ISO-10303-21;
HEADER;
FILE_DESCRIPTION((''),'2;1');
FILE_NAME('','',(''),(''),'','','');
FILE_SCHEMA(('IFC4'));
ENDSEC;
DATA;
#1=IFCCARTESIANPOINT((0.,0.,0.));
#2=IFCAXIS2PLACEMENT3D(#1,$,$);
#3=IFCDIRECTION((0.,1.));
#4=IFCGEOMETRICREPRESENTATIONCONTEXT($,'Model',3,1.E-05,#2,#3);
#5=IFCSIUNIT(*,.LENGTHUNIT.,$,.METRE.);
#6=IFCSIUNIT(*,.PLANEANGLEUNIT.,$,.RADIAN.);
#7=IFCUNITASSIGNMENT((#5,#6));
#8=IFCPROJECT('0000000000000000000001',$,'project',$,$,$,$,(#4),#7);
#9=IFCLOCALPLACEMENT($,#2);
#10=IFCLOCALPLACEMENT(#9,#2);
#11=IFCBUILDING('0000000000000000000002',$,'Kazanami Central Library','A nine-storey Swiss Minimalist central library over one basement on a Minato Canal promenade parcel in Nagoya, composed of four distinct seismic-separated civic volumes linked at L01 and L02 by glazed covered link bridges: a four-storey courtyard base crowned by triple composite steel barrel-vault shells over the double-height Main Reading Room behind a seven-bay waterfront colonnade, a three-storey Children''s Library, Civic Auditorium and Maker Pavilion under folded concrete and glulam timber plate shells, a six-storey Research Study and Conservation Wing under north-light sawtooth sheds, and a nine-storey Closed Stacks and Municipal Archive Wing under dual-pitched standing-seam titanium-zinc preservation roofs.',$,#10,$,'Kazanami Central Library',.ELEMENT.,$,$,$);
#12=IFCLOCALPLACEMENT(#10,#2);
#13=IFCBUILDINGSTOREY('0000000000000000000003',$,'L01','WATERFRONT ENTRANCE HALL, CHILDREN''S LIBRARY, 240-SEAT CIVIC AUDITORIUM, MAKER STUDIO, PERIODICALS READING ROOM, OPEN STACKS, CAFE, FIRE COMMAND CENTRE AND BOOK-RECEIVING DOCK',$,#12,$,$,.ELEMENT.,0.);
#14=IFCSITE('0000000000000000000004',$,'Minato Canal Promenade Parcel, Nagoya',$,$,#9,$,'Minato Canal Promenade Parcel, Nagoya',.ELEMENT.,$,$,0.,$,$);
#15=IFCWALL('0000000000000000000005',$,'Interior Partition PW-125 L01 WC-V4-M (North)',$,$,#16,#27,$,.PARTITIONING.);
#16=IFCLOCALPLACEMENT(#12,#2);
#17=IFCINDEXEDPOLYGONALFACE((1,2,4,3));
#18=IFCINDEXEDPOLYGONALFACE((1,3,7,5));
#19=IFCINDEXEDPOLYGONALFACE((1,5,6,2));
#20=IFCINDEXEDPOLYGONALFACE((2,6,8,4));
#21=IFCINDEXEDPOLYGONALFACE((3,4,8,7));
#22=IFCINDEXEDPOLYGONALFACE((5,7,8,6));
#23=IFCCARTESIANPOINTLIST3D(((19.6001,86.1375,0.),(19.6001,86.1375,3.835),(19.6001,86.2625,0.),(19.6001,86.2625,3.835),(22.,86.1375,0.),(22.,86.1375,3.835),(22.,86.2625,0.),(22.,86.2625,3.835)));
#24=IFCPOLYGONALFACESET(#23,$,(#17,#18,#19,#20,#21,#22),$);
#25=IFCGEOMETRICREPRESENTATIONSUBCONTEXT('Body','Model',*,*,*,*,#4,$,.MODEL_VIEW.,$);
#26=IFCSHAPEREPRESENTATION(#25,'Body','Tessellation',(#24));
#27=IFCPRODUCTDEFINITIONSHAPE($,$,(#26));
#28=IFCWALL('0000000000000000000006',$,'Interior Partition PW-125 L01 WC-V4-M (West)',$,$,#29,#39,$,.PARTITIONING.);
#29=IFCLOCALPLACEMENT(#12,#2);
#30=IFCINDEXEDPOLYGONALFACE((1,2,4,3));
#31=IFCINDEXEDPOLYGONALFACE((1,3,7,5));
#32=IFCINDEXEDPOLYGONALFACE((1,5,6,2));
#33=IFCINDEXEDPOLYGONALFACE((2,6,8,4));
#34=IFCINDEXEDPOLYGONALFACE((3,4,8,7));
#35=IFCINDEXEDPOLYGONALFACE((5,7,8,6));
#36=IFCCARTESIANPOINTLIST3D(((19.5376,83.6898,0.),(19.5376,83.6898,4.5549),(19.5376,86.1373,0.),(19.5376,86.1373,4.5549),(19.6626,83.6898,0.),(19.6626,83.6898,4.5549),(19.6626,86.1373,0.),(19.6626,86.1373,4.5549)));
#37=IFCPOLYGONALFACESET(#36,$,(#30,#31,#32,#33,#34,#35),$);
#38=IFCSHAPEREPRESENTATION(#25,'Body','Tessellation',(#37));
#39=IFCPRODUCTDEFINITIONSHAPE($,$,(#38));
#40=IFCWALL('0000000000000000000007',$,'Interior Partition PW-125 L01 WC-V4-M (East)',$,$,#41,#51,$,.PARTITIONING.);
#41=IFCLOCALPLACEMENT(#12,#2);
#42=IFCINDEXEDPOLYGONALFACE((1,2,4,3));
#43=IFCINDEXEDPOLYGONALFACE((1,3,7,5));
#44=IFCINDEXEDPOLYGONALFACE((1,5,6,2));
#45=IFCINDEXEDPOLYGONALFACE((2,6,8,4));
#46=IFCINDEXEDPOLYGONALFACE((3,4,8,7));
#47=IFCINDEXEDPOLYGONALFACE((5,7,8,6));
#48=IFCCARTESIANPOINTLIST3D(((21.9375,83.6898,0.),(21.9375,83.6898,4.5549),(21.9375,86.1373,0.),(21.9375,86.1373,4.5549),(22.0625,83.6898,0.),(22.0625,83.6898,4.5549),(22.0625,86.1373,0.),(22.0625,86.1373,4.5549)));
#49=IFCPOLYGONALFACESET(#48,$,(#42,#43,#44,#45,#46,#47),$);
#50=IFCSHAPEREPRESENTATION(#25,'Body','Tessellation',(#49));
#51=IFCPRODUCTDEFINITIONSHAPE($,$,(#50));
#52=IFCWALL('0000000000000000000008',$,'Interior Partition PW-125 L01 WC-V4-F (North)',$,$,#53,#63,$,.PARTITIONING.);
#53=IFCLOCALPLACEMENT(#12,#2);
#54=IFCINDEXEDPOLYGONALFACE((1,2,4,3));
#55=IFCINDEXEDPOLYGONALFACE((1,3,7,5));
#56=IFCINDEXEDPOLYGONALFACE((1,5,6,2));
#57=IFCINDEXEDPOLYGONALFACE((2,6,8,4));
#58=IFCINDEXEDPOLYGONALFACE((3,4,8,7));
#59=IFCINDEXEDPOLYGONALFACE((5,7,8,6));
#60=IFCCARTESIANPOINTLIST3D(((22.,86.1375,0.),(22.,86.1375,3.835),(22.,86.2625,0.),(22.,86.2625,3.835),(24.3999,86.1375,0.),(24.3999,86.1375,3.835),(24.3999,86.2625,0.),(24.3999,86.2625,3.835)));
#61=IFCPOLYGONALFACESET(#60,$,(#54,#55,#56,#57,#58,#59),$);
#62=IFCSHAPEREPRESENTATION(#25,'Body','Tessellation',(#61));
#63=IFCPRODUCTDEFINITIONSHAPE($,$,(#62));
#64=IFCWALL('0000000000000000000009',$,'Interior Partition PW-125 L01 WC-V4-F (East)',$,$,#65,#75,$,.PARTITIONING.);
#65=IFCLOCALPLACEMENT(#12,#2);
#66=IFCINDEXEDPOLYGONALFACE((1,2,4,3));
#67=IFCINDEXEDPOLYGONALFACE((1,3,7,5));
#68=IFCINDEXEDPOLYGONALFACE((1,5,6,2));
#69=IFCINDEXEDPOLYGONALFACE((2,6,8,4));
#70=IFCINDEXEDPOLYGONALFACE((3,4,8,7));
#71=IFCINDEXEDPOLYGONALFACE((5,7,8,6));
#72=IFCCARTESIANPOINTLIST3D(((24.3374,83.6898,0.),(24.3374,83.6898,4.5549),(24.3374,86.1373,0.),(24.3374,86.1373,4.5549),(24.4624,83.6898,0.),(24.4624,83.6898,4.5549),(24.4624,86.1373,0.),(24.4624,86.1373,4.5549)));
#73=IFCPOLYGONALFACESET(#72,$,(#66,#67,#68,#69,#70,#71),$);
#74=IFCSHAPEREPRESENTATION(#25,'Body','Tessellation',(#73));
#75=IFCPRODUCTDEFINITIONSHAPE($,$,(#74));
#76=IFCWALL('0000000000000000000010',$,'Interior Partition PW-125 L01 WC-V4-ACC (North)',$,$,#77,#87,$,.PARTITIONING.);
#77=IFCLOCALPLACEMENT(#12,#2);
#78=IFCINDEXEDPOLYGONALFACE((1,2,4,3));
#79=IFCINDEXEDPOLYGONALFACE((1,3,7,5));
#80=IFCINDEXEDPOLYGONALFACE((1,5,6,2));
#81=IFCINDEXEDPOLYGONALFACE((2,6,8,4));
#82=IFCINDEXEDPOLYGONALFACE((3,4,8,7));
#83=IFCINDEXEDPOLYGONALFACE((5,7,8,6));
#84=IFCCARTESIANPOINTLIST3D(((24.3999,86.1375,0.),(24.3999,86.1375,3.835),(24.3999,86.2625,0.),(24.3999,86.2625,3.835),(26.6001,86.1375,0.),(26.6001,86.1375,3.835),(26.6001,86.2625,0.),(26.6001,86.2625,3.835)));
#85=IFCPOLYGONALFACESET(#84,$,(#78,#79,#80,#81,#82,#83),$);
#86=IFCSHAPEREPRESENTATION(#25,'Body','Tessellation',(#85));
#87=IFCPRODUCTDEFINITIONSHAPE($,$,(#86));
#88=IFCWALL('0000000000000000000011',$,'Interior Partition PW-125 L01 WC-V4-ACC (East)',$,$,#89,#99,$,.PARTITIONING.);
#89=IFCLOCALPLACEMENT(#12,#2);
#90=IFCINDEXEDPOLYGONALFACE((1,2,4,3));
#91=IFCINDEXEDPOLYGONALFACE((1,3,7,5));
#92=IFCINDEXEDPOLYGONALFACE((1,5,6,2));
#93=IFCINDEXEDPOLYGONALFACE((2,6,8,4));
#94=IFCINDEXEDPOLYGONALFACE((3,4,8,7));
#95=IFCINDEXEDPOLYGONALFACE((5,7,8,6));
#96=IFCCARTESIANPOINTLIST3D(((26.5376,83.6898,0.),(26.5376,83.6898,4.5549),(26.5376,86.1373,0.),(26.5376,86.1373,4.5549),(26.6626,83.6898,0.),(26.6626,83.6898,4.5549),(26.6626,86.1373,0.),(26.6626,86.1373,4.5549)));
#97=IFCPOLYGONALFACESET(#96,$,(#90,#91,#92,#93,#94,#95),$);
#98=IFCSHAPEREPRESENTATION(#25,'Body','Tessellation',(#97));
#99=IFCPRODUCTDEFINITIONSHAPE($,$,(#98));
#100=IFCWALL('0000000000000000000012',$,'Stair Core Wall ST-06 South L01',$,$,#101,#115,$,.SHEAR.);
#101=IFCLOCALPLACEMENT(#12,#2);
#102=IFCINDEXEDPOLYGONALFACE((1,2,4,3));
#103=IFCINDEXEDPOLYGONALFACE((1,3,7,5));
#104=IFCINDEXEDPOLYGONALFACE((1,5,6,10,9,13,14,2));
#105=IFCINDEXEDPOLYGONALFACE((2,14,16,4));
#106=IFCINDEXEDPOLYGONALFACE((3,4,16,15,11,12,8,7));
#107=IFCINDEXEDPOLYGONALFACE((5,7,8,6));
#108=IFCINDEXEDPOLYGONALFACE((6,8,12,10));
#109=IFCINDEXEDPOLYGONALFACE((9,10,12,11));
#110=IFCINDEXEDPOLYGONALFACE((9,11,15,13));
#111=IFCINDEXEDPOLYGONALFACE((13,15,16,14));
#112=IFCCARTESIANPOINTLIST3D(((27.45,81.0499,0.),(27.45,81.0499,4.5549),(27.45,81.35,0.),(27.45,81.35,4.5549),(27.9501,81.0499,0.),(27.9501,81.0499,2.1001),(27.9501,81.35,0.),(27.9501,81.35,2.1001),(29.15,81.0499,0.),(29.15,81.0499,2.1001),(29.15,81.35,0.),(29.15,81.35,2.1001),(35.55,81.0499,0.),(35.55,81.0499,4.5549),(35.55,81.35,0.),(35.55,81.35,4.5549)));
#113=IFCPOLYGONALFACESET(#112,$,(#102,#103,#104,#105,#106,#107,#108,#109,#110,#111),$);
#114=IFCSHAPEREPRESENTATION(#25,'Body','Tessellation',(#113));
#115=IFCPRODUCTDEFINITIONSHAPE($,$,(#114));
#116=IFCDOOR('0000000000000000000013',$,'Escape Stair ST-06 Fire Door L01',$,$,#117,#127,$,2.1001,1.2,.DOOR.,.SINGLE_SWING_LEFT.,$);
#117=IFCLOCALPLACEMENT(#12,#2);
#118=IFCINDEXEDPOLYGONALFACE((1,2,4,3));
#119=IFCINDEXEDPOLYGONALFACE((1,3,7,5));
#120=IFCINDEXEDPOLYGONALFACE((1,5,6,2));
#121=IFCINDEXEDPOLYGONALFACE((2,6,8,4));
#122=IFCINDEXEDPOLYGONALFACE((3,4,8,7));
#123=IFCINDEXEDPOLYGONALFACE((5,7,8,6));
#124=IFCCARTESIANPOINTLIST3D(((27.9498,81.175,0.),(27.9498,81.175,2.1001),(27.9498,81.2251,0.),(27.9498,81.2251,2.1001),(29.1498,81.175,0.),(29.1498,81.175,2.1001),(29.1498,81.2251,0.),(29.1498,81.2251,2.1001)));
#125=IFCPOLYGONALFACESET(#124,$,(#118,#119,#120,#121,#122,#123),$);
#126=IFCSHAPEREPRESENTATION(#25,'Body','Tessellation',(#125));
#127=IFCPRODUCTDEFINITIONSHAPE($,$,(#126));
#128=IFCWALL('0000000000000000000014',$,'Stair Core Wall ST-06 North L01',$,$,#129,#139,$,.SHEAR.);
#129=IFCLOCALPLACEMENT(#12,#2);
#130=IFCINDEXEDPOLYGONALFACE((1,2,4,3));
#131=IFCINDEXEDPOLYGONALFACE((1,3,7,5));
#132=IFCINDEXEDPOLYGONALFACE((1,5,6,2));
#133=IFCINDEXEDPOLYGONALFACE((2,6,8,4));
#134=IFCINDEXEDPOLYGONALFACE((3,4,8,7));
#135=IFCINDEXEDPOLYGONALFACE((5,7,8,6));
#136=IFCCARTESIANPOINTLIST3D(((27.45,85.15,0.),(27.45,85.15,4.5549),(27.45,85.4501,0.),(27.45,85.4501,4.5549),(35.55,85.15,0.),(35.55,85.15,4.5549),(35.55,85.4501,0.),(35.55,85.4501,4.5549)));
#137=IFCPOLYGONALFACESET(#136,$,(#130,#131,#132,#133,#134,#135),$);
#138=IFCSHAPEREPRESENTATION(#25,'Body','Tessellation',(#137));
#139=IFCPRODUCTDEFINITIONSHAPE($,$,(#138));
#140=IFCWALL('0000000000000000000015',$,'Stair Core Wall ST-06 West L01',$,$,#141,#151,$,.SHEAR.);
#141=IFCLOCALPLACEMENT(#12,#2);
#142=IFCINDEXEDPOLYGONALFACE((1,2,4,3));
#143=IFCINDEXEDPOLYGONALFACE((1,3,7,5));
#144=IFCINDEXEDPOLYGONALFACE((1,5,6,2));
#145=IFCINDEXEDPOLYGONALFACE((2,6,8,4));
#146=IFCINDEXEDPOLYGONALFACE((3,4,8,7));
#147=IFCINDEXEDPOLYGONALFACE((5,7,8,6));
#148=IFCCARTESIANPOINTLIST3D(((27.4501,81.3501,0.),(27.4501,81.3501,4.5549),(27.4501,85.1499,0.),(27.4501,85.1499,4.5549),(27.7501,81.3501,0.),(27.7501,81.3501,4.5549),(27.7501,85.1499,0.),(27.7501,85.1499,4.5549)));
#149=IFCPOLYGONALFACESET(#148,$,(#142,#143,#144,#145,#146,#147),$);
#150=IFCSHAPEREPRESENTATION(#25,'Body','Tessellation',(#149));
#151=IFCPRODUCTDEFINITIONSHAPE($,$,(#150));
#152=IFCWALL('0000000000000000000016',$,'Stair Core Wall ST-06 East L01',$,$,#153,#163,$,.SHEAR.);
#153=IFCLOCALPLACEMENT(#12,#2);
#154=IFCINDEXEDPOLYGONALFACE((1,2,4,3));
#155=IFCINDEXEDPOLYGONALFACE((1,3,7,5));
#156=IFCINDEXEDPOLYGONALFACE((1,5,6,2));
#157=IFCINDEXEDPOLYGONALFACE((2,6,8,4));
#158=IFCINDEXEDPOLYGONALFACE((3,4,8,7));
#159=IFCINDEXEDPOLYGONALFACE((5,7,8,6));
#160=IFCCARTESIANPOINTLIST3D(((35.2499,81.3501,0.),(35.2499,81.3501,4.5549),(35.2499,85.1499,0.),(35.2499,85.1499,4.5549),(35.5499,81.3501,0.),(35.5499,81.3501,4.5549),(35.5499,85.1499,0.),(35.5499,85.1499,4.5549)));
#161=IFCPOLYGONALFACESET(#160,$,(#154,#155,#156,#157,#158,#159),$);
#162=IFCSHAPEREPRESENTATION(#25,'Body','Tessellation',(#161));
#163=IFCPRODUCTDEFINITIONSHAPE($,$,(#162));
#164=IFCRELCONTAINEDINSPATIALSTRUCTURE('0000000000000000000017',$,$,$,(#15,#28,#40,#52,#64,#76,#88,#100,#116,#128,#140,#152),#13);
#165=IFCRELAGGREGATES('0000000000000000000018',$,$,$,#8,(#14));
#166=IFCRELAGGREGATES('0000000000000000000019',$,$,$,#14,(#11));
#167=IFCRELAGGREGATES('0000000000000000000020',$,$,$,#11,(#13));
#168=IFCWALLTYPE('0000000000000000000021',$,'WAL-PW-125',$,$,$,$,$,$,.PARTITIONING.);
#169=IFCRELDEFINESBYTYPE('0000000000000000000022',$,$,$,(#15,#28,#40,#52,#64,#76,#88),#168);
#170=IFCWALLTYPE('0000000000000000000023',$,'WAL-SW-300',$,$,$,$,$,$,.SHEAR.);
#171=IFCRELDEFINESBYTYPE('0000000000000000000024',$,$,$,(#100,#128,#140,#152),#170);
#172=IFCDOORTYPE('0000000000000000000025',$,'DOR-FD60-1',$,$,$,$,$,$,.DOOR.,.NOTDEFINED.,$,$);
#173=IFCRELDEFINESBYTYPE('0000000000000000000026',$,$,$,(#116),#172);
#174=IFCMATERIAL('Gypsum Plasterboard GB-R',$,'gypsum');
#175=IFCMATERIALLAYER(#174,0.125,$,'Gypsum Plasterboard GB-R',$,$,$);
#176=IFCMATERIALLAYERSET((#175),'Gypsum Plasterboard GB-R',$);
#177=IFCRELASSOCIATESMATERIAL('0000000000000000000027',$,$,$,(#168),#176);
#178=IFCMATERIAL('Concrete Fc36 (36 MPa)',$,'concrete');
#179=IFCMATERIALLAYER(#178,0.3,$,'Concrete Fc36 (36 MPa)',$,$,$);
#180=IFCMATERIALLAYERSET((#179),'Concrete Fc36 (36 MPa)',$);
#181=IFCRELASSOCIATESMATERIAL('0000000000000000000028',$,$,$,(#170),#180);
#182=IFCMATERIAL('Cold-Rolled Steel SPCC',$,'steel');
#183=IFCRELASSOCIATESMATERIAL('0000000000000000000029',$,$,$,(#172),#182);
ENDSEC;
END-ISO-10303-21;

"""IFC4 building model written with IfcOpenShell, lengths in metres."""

from ifc_helpers import new_model, si_unit, direction, frame, frame_2d, origin, place, context, subcontext, project, spatial, rectangle, extrude, material, layer, layer_set, type_object, element, fill, save


model = new_model("IFC4")

# Units and contexts
model_context = context("Model", 3, precision=1e-05, world=origin(), true_north=direction((0.0, 1.0)))
body_context = subcontext(model_context, "Body", "Model", "MODEL_VIEW")
ifc_project = project(units=[si_unit("LENGTHUNIT", "METRE"), si_unit("PLANEANGLEUNIT", "RADIAN")], contexts=[model_context])

# Site, building, storey
site_placement = place(None, origin())
site = spatial("IfcSite", under=ifc_project, at=site_placement, Name="Minato Canal Promenade Parcel, Nagoya", LongName="Minato Canal Promenade Parcel, Nagoya", CompositionType="ELEMENT", RefElevation=0.0)
building_placement = place(site_placement, origin())
building = spatial("IfcBuilding", under=site, at=building_placement, Name="Kazanami Central Library", Description="A nine-storey Swiss Minimalist central library over one basement on a Minato Canal promenade parcel in Nagoya, composed of four distinct seismic-separated civic volumes linked at L01 and L02 by glazed covered link bridges: a four-storey courtyard base crowned by triple composite steel barrel-vault shells over the double-height Main Reading Room behind a seven-bay waterfront colonnade, a three-storey Children's Library, Civic Auditorium and Maker Pavilion under folded concrete and glulam timber plate shells, a six-storey Research Study and Conservation Wing under north-light sawtooth sheds, and a nine-storey Closed Stacks and Municipal Archive Wing under dual-pitched standing-seam titanium-zinc preservation roofs.", LongName="Kazanami Central Library", CompositionType="ELEMENT")
storey_placement = place(building_placement, origin())
storey = spatial("IfcBuildingStorey", under=building, at=storey_placement, Name="L01", Description="WATERFRONT ENTRANCE HALL, CHILDREN'S LIBRARY, 240-SEAT CIVIC AUDITORIUM, MAKER STUDIO, PERIODICALS READING ROOM, OPEN STACKS, CAFE, FIRE COMMAND CENTRE AND BOOK-RECEIVING DOCK", CompositionType="ELEMENT", Elevation=0.0)

# Walls
ifc_material_1 = material(Name="Concrete Fc36 (36 MPa)", Category="concrete")
ifc_material_2 = material(Name="Gypsum Plasterboard GB-R", Category="gypsum")
ifc_layer_1 = layer(ifc_material_2, 0.125, Name="Gypsum Plasterboard GB-R")
ifc_layer_set_1 = layer_set([ifc_layer_1], Name="Gypsum Plasterboard GB-R")
wall_type_1 = type_object("IfcWallType", Name="WAL-PW-125", PredefinedType="PARTITIONING", material=ifc_layer_set_1)
wall_1_placement = place(storey_placement, frame((19.6001, 86.2, 0.0), z_axis=(0.0, 0.0, 1.0), x_axis=(1.0, 0.0, 0.0)))
element("IfcWall", 1, at=wall_1_placement, inside=storey, type_object=wall_type_1, Name="Interior Partition PW-125 L01 WC-V4-M (North)", PredefinedType="PARTITIONING", context=body_context, shape_type="SweptSolid", body=[
    extrude(rectangle(XDim=2.3999, YDim=0.125, at=frame_2d((1.2, 0.0))), origin(), (0.0, 0.0, 1.0), 3.835),
])
for number, where, z_axis, x_axis, name in (
    (2, (19.6001, 83.6899, 0.0), (0.0, 0.0, 1.0), (0.0, 1.0, 0.0), "Interior Partition PW-125 L01 WC-V4-M (West)"),
    (3, (22.0, 83.6899, 0.0), (0.0, 0.0, 1.0), (0.0, 1.0, 0.0), "Interior Partition PW-125 L01 WC-V4-M (East)"),
):
    element("IfcWall", number, at=place(storey_placement, frame(where, z_axis=z_axis, x_axis=x_axis)), inside=storey, type_object=wall_type_1, Name=name, PredefinedType="PARTITIONING", context=body_context, shape_type="SweptSolid", body=[
        extrude(rectangle(XDim=2.4475, YDim=0.125, at=frame_2d((1.2236, 0.0))), origin(), (0.0, 0.0, 1.0), 4.5549),
    ])
wall_2_placement = place(storey_placement, frame((22.0, 86.2, 0.0), z_axis=(0.0, 0.0, 1.0), x_axis=(1.0, 0.0, 0.0)))
element("IfcWall", 4, at=wall_2_placement, inside=storey, type_object=wall_type_1, Name="Interior Partition PW-125 L01 WC-V4-F (North)", PredefinedType="PARTITIONING", context=body_context, shape_type="SweptSolid", body=[
    extrude(rectangle(XDim=2.3999, YDim=0.125, at=frame_2d((1.2, 0.0))), origin(), (0.0, 0.0, 1.0), 3.835),
])
wall_3_placement = place(storey_placement, frame((24.3999, 83.6899, 0.0), z_axis=(0.0, 0.0, 1.0), x_axis=(0.0, 1.0, 0.0)))
element("IfcWall", 5, at=wall_3_placement, inside=storey, type_object=wall_type_1, Name="Interior Partition PW-125 L01 WC-V4-F (East)", PredefinedType="PARTITIONING", context=body_context, shape_type="SweptSolid", body=[
    extrude(rectangle(XDim=2.4475, YDim=0.125, at=frame_2d((1.2236, 0.0))), origin(), (0.0, 0.0, 1.0), 4.5549),
])
wall_4_placement = place(storey_placement, frame((24.3999, 86.2, 0.0), z_axis=(0.0, 0.0, 1.0), x_axis=(1.0, 0.0, 0.0)))
element("IfcWall", 6, at=wall_4_placement, inside=storey, type_object=wall_type_1, Name="Interior Partition PW-125 L01 WC-V4-ACC (North)", PredefinedType="PARTITIONING", context=body_context, shape_type="SweptSolid", body=[
    extrude(rectangle(XDim=2.2002, YDim=0.125, at=frame_2d((1.1001, 0.0))), origin(), (0.0, 0.0, 1.0), 3.835),
])
wall_5_placement = place(storey_placement, frame((26.6001, 83.6899, 0.0), z_axis=(0.0, 0.0, 1.0), x_axis=(0.0, 1.0, 0.0)))
element("IfcWall", 7, at=wall_5_placement, inside=storey, type_object=wall_type_1, Name="Interior Partition PW-125 L01 WC-V4-ACC (East)", PredefinedType="PARTITIONING", context=body_context, shape_type="SweptSolid", body=[
    extrude(rectangle(XDim=2.4475, YDim=0.125, at=frame_2d((1.2236, 0.0))), origin(), (0.0, 0.0, 1.0), 4.5549),
])

# Wall, opening, door
ifc_layer_2 = layer(ifc_material_1, 0.3, Name="Concrete Fc36 (36 MPa)")
ifc_layer_set_2 = layer_set([ifc_layer_2], Name="Concrete Fc36 (36 MPa)")
wall_type_2 = type_object("IfcWallType", Name="WAL-SW-300", PredefinedType="SHEAR", material=ifc_layer_set_2)
wall_6_placement = place(storey_placement, frame((27.45, 81.2, 0.0), z_axis=(0.0, 0.0, 1.0), x_axis=(1.0, 0.0, 0.0)))
wall_6 = element("IfcWall", 8, at=wall_6_placement, inside=storey, type_object=wall_type_2, Name="Stair Core Wall ST-06 South L01", PredefinedType="SHEAR", context=body_context, shape_type="SweptSolid", body=[
    extrude(rectangle(XDim=8.1001, YDim=0.3, at=frame_2d((4.05, 0.0))), origin(), (0.0, 0.0, 1.0), 4.5549),
])
opening_placement = place(wall_6_placement, frame((0.5, 0.0, 0.0)))
opening = element("IfcOpeningElement", 9, at=opening_placement, cuts=wall_6, PredefinedType="OPENING", context=body_context, shape_type="SweptSolid", body=[
    extrude(rectangle(XDim=1.2, YDim=2.1001, at=frame_2d((0.6001, 1.05))), frame((0.0, 0.1621, 0.0), z_axis=(0.0, -1.0, 0.0), x_axis=(1.0, 0.0, 0.0)), (0.0, 0.0, 1.0), 0.324),
])
ifc_material_3 = material(Name="Cold-Rolled Steel SPCC", Category="steel")
door_type = type_object("IfcDoorType", Name="DOR-FD60-1", OperationType="NOTDEFINED", PredefinedType="DOOR", material=ifc_material_3)
door_placement = place(opening_placement, frame((1.2, 0.0, 0.0), z_axis=(0.0, 0.0, 1.0), x_axis=(-1.0, 0.0, 0.0)))
door = element("IfcDoor", 10, at=door_placement, inside=storey, type_object=door_type, Name="Escape Stair ST-06 Fire Door L01", OperationType="SINGLE_SWING_LEFT", OverallHeight=2.1001, OverallWidth=1.2, PredefinedType="DOOR", context=body_context, shape_type="SweptSolid", body=[
    extrude(rectangle(XDim=1.2, YDim=2.1001, at=frame_2d((0.6001, 1.05))), frame((0.0, 0.0249, 0.0), z_axis=(0.0, -1.0, 0.0), x_axis=(1.0, 0.0, 0.0)), (0.0, 0.0, 1.0), 0.05),
])
fill(opening, door)

# Walls
wall_7_placement = place(storey_placement, frame((27.45, 85.3, 0.0), z_axis=(0.0, 0.0, 1.0), x_axis=(1.0, 0.0, 0.0)))
element("IfcWall", 11, at=wall_7_placement, inside=storey, type_object=wall_type_2, Name="Stair Core Wall ST-06 North L01", PredefinedType="SHEAR", context=body_context, shape_type="SweptSolid", body=[
    extrude(rectangle(XDim=8.1001, YDim=0.3, at=frame_2d((4.05, 0.0))), origin(), (0.0, 0.0, 1.0), 4.5549),
])
for number, where, z_axis, x_axis, name in (
    (12, (27.6001, 81.3501, 0.0), (0.0, 0.0, 1.0), (0.0, 1.0, 0.0), "Stair Core Wall ST-06 West L01"),
    (13, (35.3999, 81.3501, 0.0), (0.0, 0.0, 1.0), (0.0, 1.0, 0.0), "Stair Core Wall ST-06 East L01"),
):
    element("IfcWall", number, at=place(storey_placement, frame(where, z_axis=z_axis, x_axis=x_axis)), inside=storey, type_object=wall_type_2, Name=name, PredefinedType="SHEAR", context=body_context, shape_type="SweptSolid", body=[
        extrude(rectangle(XDim=3.7998, YDim=0.3, at=frame_2d((1.8999, 0.0))), origin(), (0.0, 0.0, 1.0), 4.5549),
    ])

save(model, "model.ifc")
